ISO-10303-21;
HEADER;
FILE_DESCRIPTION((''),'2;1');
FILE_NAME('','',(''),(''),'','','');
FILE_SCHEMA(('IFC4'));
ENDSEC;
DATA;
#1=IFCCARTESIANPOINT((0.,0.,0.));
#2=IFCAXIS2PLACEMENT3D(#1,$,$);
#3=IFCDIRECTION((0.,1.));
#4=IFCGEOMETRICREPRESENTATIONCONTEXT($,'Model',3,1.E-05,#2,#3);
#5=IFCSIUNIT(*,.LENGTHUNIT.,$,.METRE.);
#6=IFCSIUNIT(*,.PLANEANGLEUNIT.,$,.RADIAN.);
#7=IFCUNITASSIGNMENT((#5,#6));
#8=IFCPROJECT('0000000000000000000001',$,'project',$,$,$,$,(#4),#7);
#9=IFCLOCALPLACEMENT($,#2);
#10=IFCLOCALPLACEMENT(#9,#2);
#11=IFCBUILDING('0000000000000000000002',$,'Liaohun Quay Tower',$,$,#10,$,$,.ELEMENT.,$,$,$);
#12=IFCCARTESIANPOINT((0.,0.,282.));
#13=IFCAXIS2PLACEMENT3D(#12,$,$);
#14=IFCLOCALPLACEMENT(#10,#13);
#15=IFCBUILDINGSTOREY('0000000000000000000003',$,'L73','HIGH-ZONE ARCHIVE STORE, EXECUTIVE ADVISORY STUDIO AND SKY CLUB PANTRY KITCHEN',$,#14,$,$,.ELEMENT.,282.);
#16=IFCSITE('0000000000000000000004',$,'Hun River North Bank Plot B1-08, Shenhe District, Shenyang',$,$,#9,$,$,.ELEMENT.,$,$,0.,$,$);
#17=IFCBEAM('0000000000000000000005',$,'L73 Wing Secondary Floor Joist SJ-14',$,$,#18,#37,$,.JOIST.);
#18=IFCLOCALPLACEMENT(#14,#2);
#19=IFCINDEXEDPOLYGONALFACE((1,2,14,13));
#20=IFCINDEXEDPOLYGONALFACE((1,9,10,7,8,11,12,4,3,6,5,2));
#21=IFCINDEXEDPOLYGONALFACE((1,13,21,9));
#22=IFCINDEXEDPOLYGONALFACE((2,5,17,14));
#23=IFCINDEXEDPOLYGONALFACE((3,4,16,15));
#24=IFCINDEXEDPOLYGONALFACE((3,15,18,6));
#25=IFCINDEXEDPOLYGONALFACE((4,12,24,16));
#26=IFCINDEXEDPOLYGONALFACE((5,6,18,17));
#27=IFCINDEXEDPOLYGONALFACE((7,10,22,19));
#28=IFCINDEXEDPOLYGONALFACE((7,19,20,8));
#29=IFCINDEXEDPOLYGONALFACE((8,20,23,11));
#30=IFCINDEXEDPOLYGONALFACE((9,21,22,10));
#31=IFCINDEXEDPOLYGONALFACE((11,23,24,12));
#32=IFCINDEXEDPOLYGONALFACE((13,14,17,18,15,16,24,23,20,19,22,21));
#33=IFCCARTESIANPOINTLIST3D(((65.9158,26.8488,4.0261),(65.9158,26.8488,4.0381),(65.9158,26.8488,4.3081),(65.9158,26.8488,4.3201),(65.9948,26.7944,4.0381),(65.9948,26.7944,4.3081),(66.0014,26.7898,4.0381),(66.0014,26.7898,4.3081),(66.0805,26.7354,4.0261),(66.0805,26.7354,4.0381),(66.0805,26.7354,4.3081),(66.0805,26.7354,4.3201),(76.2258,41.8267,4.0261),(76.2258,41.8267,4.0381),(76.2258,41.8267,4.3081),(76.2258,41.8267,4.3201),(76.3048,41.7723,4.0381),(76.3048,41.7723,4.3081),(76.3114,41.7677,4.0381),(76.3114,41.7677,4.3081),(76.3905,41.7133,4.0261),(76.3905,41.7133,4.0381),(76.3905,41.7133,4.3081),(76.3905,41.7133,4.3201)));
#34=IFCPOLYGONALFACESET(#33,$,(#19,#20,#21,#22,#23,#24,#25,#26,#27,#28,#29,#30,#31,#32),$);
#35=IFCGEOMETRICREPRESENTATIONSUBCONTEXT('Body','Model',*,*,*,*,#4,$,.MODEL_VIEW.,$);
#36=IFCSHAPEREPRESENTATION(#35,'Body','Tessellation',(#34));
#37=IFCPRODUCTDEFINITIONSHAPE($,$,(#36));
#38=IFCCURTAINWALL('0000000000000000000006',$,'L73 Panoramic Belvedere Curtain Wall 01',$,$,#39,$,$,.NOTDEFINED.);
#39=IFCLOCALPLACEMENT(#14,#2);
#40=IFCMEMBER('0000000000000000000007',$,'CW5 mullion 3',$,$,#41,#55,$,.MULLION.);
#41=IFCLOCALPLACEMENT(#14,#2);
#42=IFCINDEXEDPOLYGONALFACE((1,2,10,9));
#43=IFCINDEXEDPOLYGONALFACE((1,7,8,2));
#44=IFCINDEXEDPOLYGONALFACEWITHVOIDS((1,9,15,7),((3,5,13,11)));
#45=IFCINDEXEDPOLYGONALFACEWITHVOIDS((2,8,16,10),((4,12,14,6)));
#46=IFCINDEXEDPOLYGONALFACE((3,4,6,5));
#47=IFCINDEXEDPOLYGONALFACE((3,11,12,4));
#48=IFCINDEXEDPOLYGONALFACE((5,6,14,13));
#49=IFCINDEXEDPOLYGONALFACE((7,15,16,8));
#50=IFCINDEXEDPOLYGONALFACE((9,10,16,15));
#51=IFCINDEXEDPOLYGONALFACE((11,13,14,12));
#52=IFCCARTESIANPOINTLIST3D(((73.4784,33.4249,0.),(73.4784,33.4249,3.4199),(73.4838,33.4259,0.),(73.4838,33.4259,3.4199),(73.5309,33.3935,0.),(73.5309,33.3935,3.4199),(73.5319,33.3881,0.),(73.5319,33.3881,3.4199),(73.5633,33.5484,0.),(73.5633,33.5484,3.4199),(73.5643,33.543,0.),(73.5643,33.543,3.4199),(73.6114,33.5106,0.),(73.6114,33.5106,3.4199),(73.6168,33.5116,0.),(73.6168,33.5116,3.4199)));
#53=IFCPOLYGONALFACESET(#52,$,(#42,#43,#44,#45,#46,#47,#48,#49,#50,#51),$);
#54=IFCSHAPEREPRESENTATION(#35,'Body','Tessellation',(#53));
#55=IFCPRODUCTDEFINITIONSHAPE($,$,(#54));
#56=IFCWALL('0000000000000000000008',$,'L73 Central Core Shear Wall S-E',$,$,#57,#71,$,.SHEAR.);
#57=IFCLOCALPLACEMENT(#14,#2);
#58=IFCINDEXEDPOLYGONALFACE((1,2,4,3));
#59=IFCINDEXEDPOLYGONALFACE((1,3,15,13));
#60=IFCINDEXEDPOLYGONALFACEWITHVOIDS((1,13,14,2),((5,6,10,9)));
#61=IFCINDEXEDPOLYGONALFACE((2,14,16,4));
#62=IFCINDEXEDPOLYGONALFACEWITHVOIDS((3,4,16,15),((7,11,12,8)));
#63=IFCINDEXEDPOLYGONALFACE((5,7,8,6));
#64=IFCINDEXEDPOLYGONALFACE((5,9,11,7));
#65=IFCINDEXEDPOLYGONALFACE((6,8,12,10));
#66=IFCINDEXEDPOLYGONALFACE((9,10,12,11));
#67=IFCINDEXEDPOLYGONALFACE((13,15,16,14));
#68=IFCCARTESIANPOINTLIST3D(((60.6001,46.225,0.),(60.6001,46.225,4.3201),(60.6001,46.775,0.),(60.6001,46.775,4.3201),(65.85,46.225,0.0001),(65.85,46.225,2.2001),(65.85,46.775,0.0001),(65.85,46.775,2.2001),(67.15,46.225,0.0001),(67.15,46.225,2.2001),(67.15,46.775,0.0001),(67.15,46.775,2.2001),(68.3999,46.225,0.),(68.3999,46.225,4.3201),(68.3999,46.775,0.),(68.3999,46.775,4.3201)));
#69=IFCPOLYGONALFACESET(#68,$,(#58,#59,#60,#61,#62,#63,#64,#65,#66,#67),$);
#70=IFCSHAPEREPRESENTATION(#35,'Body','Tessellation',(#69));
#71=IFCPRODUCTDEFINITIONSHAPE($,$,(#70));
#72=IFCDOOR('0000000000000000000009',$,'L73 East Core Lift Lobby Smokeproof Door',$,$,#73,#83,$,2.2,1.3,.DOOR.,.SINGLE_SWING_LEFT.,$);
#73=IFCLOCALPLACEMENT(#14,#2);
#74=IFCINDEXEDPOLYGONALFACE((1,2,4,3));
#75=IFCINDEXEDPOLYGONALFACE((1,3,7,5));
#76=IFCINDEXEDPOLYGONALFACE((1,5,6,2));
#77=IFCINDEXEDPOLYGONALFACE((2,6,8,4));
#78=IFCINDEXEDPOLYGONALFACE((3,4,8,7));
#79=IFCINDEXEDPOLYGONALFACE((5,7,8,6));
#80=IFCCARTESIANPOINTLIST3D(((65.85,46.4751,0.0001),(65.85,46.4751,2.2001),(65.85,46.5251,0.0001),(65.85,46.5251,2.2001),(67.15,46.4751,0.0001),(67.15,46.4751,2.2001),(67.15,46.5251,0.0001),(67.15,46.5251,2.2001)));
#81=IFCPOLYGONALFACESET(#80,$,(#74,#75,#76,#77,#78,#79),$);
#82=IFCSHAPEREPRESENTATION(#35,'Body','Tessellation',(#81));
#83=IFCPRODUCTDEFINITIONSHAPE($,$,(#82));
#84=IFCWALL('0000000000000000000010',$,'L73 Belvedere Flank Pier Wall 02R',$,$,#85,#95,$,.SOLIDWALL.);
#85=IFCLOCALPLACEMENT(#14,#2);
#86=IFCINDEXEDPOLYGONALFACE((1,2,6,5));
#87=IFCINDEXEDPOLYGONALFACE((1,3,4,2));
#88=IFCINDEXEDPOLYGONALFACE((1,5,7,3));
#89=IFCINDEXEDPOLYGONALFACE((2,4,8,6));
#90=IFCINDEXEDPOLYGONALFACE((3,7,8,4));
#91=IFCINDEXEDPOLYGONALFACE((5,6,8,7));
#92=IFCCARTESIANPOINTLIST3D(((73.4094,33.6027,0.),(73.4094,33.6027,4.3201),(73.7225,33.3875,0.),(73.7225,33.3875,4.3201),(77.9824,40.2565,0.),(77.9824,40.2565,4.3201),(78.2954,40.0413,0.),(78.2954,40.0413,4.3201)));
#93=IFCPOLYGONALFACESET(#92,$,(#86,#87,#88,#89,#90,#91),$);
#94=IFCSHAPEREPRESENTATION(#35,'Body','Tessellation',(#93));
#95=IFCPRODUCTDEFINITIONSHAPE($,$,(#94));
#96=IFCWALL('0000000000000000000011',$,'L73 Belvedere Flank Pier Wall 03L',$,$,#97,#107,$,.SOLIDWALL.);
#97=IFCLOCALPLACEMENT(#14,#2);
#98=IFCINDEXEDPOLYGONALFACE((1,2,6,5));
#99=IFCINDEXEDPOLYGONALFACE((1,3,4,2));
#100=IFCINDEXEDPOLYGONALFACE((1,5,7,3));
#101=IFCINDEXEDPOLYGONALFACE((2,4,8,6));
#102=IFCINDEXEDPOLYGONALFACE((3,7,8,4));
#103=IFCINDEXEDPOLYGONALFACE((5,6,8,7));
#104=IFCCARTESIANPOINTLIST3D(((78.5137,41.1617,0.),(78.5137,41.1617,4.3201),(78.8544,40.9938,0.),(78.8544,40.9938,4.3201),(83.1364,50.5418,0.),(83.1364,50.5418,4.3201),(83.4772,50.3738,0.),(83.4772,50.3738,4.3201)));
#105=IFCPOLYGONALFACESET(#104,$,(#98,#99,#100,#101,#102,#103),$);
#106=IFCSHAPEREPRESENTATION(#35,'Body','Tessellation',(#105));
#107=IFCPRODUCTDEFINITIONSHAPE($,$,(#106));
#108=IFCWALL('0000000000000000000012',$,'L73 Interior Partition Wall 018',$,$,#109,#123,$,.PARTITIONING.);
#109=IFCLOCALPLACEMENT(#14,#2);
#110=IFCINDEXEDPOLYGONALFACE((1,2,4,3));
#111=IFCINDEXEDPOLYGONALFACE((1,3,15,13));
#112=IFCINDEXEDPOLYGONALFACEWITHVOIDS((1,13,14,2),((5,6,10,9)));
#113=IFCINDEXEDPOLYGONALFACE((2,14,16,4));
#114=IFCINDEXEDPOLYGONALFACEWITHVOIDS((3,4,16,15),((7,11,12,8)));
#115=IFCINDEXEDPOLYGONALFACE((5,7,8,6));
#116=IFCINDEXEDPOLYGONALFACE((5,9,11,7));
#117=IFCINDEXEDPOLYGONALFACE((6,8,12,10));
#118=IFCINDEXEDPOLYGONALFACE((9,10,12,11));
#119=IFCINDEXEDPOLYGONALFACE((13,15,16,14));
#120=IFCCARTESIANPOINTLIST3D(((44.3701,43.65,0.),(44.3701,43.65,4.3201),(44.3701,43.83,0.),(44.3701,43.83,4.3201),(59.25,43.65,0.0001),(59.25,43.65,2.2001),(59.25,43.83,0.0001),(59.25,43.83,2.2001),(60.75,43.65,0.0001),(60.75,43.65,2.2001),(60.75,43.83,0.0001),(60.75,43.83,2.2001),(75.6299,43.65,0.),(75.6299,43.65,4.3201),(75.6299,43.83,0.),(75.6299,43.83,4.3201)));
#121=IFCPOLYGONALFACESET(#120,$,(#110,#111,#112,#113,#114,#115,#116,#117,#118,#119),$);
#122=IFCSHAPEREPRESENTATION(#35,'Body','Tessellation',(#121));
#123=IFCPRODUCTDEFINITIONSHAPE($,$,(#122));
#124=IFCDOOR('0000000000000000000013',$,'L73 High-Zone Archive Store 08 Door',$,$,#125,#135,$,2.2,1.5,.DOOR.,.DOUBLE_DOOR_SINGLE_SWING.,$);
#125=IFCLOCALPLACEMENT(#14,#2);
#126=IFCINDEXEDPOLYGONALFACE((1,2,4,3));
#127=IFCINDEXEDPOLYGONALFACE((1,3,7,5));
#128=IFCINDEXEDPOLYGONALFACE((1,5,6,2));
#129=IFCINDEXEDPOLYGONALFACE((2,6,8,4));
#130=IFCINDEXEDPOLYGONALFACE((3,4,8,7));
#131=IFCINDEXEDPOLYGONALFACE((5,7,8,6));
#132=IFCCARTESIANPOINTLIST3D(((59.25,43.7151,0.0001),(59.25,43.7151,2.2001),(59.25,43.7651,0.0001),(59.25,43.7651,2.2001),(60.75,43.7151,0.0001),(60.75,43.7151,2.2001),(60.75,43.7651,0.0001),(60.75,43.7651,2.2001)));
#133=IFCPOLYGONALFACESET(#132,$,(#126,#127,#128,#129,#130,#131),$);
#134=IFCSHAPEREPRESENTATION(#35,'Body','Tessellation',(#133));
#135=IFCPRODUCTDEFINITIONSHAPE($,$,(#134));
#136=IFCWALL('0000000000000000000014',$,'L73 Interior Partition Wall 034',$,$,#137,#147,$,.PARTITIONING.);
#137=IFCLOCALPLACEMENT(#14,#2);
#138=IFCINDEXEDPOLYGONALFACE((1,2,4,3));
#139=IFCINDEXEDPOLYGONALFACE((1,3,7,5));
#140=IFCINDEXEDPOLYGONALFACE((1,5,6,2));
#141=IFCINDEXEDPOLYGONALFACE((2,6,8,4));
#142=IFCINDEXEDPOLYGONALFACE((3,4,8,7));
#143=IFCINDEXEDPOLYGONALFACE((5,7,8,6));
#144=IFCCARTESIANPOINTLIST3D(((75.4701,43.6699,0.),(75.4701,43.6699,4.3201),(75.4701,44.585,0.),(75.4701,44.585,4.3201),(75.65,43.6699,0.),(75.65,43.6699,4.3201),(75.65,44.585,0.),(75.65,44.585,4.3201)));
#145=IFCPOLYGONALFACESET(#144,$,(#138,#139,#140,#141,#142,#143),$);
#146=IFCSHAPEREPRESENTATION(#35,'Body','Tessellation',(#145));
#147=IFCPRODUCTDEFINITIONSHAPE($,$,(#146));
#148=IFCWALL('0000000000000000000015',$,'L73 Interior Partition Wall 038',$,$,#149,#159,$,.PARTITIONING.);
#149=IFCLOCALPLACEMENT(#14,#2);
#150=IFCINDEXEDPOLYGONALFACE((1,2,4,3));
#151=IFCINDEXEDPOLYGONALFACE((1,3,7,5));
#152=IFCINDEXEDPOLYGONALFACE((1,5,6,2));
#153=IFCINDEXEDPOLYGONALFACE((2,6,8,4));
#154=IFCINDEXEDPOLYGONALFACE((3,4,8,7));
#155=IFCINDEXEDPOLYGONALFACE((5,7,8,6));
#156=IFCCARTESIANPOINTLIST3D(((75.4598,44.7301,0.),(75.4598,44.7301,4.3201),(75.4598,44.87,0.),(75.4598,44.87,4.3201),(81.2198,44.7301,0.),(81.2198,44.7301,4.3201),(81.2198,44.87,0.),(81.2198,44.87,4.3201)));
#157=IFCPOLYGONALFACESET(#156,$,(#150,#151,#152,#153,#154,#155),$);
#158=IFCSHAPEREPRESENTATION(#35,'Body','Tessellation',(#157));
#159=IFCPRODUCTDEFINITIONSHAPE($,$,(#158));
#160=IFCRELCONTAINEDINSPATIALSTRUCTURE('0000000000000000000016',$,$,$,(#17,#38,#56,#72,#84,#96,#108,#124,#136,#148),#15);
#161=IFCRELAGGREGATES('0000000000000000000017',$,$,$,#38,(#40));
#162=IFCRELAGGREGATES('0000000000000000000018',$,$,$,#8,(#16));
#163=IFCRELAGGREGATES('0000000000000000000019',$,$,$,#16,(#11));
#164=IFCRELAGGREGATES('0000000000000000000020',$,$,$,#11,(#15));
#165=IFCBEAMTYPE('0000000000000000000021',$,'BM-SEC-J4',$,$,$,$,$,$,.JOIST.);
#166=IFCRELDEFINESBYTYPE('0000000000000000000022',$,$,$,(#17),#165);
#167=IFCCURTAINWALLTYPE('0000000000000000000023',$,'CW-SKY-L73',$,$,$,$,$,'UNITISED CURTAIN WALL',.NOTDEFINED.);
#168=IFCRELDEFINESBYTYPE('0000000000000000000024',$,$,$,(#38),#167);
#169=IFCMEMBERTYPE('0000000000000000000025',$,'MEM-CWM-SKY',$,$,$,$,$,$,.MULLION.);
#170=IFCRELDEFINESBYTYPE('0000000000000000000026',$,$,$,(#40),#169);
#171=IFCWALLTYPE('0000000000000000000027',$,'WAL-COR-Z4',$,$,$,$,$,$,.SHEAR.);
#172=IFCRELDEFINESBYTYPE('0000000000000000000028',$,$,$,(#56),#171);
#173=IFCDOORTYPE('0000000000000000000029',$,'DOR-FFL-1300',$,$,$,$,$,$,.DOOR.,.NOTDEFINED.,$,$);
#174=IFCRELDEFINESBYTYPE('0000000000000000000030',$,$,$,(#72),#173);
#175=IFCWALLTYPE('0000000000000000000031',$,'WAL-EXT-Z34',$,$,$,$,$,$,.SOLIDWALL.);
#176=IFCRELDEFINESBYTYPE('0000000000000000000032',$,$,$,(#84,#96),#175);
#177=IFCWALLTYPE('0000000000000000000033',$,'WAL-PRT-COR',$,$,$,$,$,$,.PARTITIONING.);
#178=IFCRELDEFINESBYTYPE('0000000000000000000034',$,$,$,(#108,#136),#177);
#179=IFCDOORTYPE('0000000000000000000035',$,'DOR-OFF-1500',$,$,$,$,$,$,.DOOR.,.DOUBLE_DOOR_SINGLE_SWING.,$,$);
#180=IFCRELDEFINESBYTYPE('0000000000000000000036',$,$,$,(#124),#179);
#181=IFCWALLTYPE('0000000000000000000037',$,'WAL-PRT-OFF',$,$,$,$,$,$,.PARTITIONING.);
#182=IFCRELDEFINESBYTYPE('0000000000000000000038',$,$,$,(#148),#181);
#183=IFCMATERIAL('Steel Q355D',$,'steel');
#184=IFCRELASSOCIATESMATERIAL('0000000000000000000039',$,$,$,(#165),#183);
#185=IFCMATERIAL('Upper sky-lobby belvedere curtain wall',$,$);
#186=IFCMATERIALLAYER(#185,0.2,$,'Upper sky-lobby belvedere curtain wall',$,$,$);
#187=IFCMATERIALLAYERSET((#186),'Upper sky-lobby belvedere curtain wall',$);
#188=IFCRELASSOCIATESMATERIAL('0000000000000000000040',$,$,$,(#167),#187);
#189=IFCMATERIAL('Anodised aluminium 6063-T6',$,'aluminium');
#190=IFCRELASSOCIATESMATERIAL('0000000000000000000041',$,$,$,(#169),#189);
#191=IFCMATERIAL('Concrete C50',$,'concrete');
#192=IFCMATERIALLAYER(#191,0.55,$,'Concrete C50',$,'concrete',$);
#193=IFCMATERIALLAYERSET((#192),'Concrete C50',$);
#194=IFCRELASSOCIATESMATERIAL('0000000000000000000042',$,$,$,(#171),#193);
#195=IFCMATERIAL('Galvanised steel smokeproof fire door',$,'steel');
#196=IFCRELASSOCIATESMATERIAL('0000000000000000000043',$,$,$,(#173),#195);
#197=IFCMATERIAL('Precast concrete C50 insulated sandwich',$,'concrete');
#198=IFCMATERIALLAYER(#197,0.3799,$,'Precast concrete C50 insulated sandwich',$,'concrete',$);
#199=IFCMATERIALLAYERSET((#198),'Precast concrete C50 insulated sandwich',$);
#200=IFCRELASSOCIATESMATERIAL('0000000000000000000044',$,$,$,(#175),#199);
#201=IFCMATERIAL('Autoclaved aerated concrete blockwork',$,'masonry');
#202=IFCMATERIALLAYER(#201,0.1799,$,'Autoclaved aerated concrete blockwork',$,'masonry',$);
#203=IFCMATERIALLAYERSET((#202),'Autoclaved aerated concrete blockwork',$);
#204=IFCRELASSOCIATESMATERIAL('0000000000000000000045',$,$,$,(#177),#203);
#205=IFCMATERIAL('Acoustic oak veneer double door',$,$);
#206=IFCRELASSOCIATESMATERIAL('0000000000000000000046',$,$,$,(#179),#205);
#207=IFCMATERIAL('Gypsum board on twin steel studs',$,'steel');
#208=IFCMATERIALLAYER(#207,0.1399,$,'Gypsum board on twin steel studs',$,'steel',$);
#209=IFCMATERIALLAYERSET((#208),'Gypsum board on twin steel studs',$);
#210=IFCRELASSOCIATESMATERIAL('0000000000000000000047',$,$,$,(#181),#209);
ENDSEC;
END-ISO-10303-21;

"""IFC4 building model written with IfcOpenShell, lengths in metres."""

from ifc_helpers import new_model, si_unit, direction, frame, frame_2d, origin, origin_2d, place, context, subcontext, project, spatial, rectangle, hollow_rectangle, i_section, extrude, source, transform, mapped, material, layer, layer_set, material_profile, profile_set, type_object, element, fill, aggregate, save


model = new_model("IFC4")

# Units and contexts
model_context = context("Model", 3, precision=1e-05, world=origin(), true_north=direction((0.0, 1.0)))
body_context = subcontext(model_context, "Body", "Model", "MODEL_VIEW")
ifc_project = project(units=[si_unit("LENGTHUNIT", "METRE"), si_unit("PLANEANGLEUNIT", "RADIAN")], contexts=[model_context])

# Site, building, storey
site_placement = place(None, origin())
site = spatial("IfcSite", under=ifc_project, at=site_placement, Name="Hun River North Bank Plot B1-08, Shenhe District, Shenyang", CompositionType="ELEMENT", RefElevation=0.0)
building_placement = place(site_placement, origin())
building = spatial("IfcBuilding", under=site, at=building_placement, Name="Liaohun Quay Tower", CompositionType="ELEMENT")
storey_placement = place(building_placement, frame((0.0, 0.0, 282.0)))
storey = spatial("IfcBuildingStorey", under=building, at=storey_placement, Name="L73", Description="HIGH-ZONE ARCHIVE STORE, EXECUTIVE ADVISORY STUDIO AND SKY CLUB PANTRY KITCHEN", CompositionType="ELEMENT", Elevation=282.0)

# Shared definitions
ifc_material_1 = material(Name="Concrete C50", Category="concrete")

# Beam
ifc_material_2 = material(Name="Steel Q355D", Category="steel")
ifc_material_profile_1 = material_profile(ifc_material_2, i_section(OverallWidth=0.2, OverallDepth=0.2939, WebThickness=0.0081, FlangeThickness=0.012, at=origin_2d()), Name="HM294x200x8x12")
ifc_profile_set_1 = profile_set([ifc_material_profile_1], Name="Steel Q355D")
beam_type_1 = type_object("IfcBeamType", Name="BM-SEC-J4", PredefinedType="JOIST", material=ifc_profile_set_1)
shared_shape_1 = source(origin(), body_context, "Body", "SweptSolid", [
    extrude(i_section(OverallWidth=0.2, OverallDepth=0.2939, WebThickness=0.0081, FlangeThickness=0.012, at=origin_2d()), origin(), (0.0, 0.0, 1.0), 18.1833),
])
beam_1_placement = place(storey_placement, frame((76.3081, 41.77, 4.1731), z_axis=(-0.567002, -0.823717, 0.0), x_axis=(0.823717, -0.567002, 0.0)))
element("IfcBeam", 1, at=beam_1_placement, inside=storey, type_object=beam_type_1, Name="L73 Wing Secondary Floor Joist SJ-14", PredefinedType="JOIST", context=body_context, shape_type="MappedRepresentation", body=[
    mapped(shared_shape_1, transform((0.0, 0.0, 0.0), x_axis=(1.0, 0.0, 0.0), y_axis=(0.0, 1.0, 0.0), z_axis=(0.0, 0.0, 1.0), scale=1.0)),
])

# Curtain wall, member
ifc_material_3 = material(Name="Upper sky-lobby belvedere curtain wall")
ifc_layer_1 = layer(ifc_material_3, 0.2, Name="Upper sky-lobby belvedere curtain wall")
ifc_layer_set_1 = layer_set([ifc_layer_1], Name="Upper sky-lobby belvedere curtain wall")
curtain_wall_type = type_object("IfcCurtainWallType", Name="CW-SKY-L73", ElementType="UNITISED CURTAIN WALL", PredefinedType="NOTDEFINED", material=ifc_layer_set_1)
curtain_wall_placement = place(storey_placement, origin())
curtain_wall = element("IfcCurtainWall", 2, at=curtain_wall_placement, inside=storey, type_object=curtain_wall_type, Name="L73 Panoramic Belvedere Curtain Wall 01", PredefinedType="NOTDEFINED")
ifc_material_4 = material(Name="Anodised aluminium 6063-T6", Category="aluminium")
ifc_material_profile_2 = material_profile(ifc_material_4, hollow_rectangle(XDim=0.0649, YDim=0.1499, WallThickness=0.0039, at=origin_2d()), Name="RHS150x65x4")
ifc_profile_set_2 = profile_set([ifc_material_profile_2], Name="Anodised aluminium 6063-T6")
member_type = type_object("IfcMemberType", Name="MEM-CWM-SKY", PredefinedType="MULLION", material=ifc_profile_set_2)
shared_shape_2 = source(origin(), body_context, "Body", "SweptSolid", [
    extrude(hollow_rectangle(XDim=0.0649, YDim=0.1499, WallThickness=0.0039, at=origin_2d()), origin(), (0.0, 0.0, 1.0), 3.4199),
])
member_placement = place(storey_placement, frame((73.5476, 33.4683, 0.0), z_axis=(0.0, 0.0, 1.0), x_axis=(-0.824106, 0.566436, 0.0)))
member = element("IfcMember", 3, at=member_placement, type_object=member_type, Name="CW5 mullion 3", PredefinedType="MULLION", context=body_context, shape_type="MappedRepresentation", body=[
    mapped(shared_shape_2, transform((0.0, 0.0, 0.0), x_axis=(1.0, 0.0, 0.0), y_axis=(0.0, 1.0, 0.0), z_axis=(0.0, 0.0, 1.0), scale=1.0)),
])
aggregate(curtain_wall, [member])

# Wall, opening, door
ifc_layer_2 = layer(ifc_material_1, 0.55, Name="Concrete C50", Category="concrete")
ifc_layer_set_2 = layer_set([ifc_layer_2], Name="Concrete C50")
wall_type_1 = type_object("IfcWallType", Name="WAL-COR-Z4", PredefinedType="SHEAR", material=ifc_layer_set_2)
wall_1_placement = place(storey_placement, frame((68.3999, 46.5, 0.0), z_axis=(0.0, 0.0, 1.0), x_axis=(-1.0, 0.0, 0.0)))
wall_1 = element("IfcWall", 4, at=wall_1_placement, inside=storey, type_object=wall_type_1, Name="L73 Central Core Shear Wall S-E", PredefinedType="SHEAR", context=body_context, shape_type="SweptSolid", body=[
    extrude(rectangle(XDim=7.7998, YDim=0.55, at=frame_2d((3.8999, 0.0))), origin(), (0.0, 0.0, 1.0), 4.3201),
])
shared_shape_3 = source(origin(), body_context, "Body", "SweptSolid", [
    extrude(rectangle(XDim=1.3, YDim=2.2, at=frame_2d((0.6499, 1.1001))), frame((0.0, 0.2849, 0.0), z_axis=(0.0, -1.0, 0.0), x_axis=(1.0, 0.0, 0.0)), (0.0, 0.0, 1.0), 0.5701),
])
opening_1_placement = place(wall_1_placement, frame((1.25, 0.0, 0.0)))
opening_1 = element("IfcOpeningElement", 5, at=opening_1_placement, cuts=wall_1, PredefinedType="OPENING", context=body_context, shape_type="MappedRepresentation", body=[
    mapped(shared_shape_3, transform((0.0, 0.0, 0.0), x_axis=(1.0, 0.0, 0.0), y_axis=(0.0, 1.0, 0.0), z_axis=(0.0, 0.0, 1.0), scale=1.0)),
])
ifc_material_5 = material(Name="Galvanised steel smokeproof fire door", Category="steel")
door_type_1 = type_object("IfcDoorType", Name="DOR-FFL-1300", OperationType="NOTDEFINED", PredefinedType="DOOR", material=ifc_material_5)
shared_shape_4 = source(origin(), body_context, "Body", "SweptSolid", [
    extrude(rectangle(XDim=1.3, YDim=2.2, at=frame_2d((0.6499, 1.1001))), frame((0.0, 0.0249, 0.0), z_axis=(0.0, -1.0, 0.0), x_axis=(1.0, 0.0, 0.0)), (0.0, 0.0, 1.0), 0.05),
])
door_1_placement = place(opening_1_placement, origin())
door_1 = element("IfcDoor", 6, at=door_1_placement, inside=storey, type_object=door_type_1, Name="L73 East Core Lift Lobby Smokeproof Door", OperationType="SINGLE_SWING_LEFT", OverallHeight=2.2, OverallWidth=1.3, PredefinedType="DOOR", context=body_context, shape_type="MappedRepresentation", body=[
    mapped(shared_shape_4, transform((0.0, 0.0, 0.0), x_axis=(1.0, 0.0, 0.0), y_axis=(0.0, 1.0, 0.0), z_axis=(0.0, 0.0, 1.0), scale=1.0)),
])
fill(opening_1, door_1)

# Walls
ifc_material_6 = material(Name="Precast concrete C50 insulated sandwich", Category="concrete")
ifc_layer_3 = layer(ifc_material_6, 0.3799, Name="Precast concrete C50 insulated sandwich", Category="concrete")
ifc_layer_set_3 = layer_set([ifc_layer_3], Name="Precast concrete C50 insulated sandwich")
wall_type_2 = type_object("IfcWallType", Name="WAL-EXT-Z34", PredefinedType="SOLIDWALL", material=ifc_layer_set_3)
wall_2_placement = place(storey_placement, frame((73.5659, 33.4951, 0.0), z_axis=(0.0, 0.0, 1.0), x_axis=(0.566403, 0.824128, 0.0)))
element("IfcWall", 7, at=wall_2_placement, inside=storey, type_object=wall_type_2, Name="L73 Belvedere Flank Pier Wall 02R", PredefinedType="SOLIDWALL", context=body_context, shape_type="SweptSolid", body=[
    extrude(rectangle(XDim=8.0737, YDim=0.3799, at=frame_2d((4.0369, 0.0))), origin(), (0.0, 0.0, 1.0), 4.3201),
])
wall_3_placement = place(storey_placement, frame((78.6841, 41.0779, 0.0), z_axis=(0.0, 0.0, 1.0), x_axis=(0.442061, 0.896985, 0.0)))
element("IfcWall", 8, at=wall_3_placement, inside=storey, type_object=wall_type_2, Name="L73 Belvedere Flank Pier Wall 03L", PredefinedType="SOLIDWALL", context=body_context, shape_type="SweptSolid", body=[
    extrude(rectangle(XDim=10.4573, YDim=0.3799, at=frame_2d((5.2285, 0.0))), origin(), (0.0, 0.0, 1.0), 4.3201),
])

# Wall, opening, door
ifc_material_7 = material(Name="Autoclaved aerated concrete blockwork", Category="masonry")
ifc_layer_4 = layer(ifc_material_7, 0.1799, Name="Autoclaved aerated concrete blockwork", Category="masonry")
ifc_layer_set_4 = layer_set([ifc_layer_4], Name="Autoclaved aerated concrete blockwork")
wall_type_3 = type_object("IfcWallType", Name="WAL-PRT-COR", PredefinedType="PARTITIONING", material=ifc_layer_set_4)
wall_4_placement = place(storey_placement, frame((75.6299, 43.74, 0.0), z_axis=(0.0, 0.0, 1.0), x_axis=(-1.0, 0.0, 0.0)))
wall_4 = element("IfcWall", 9, at=wall_4_placement, inside=storey, type_object=wall_type_3, Name="L73 Interior Partition Wall 018", PredefinedType="PARTITIONING", context=body_context, shape_type="SweptSolid", body=[
    extrude(rectangle(XDim=31.2598, YDim=0.1799, at=frame_2d((15.6299, 0.0))), origin(), (0.0, 0.0, 1.0), 4.3201),
])
shared_shape_5 = source(origin(), body_context, "Body", "SweptSolid", [
    extrude(rectangle(XDim=1.5, YDim=2.2, at=frame_2d((0.75, 1.1001))), frame((0.0, 0.0999, 0.0), z_axis=(0.0, -1.0, 0.0), x_axis=(1.0, 0.0, 0.0)), (0.0, 0.0, 1.0), 0.2),
])
opening_2_placement = place(wall_4_placement, frame((14.8799, 0.0, 0.0)))
opening_2 = element("IfcOpeningElement", 10, at=opening_2_placement, cuts=wall_4, PredefinedType="OPENING", context=body_context, shape_type="MappedRepresentation", body=[
    mapped(shared_shape_5, transform((0.0, 0.0, 0.0), x_axis=(1.0, 0.0, 0.0), y_axis=(0.0, 1.0, 0.0), z_axis=(0.0, 0.0, 1.0), scale=1.0)),
])
ifc_material_8 = material(Name="Acoustic oak veneer double door")
door_type_2 = type_object("IfcDoorType", Name="DOR-OFF-1500", OperationType="DOUBLE_DOOR_SINGLE_SWING", PredefinedType="DOOR", material=ifc_material_8)
shared_shape_6 = source(origin(), body_context, "Body", "SweptSolid", [
    extrude(rectangle(XDim=1.5, YDim=2.2, at=frame_2d((0.75, 1.1001))), frame((0.0, 0.0249, 0.0), z_axis=(0.0, -1.0, 0.0), x_axis=(1.0, 0.0, 0.0)), (0.0, 0.0, 1.0), 0.05),
])
door_2_placement = place(opening_2_placement, origin())
door_2 = element("IfcDoor", 11, at=door_2_placement, inside=storey, type_object=door_type_2, Name="L73 High-Zone Archive Store 08 Door", OperationType="DOUBLE_DOOR_SINGLE_SWING", OverallHeight=2.2, OverallWidth=1.5, PredefinedType="DOOR", context=body_context, shape_type="MappedRepresentation", body=[
    mapped(shared_shape_6, transform((0.0, 0.0, 0.0), x_axis=(1.0, 0.0, 0.0), y_axis=(0.0, 1.0, 0.0), z_axis=(0.0, 0.0, 1.0), scale=1.0)),
])
fill(opening_2, door_2)

# Walls
wall_5_placement = place(storey_placement, frame((75.5601, 44.585, 0.0), z_axis=(0.0, 0.0, 1.0), x_axis=(0.0, -1.0, 0.0)))
element("IfcWall", 12, at=wall_5_placement, inside=storey, type_object=wall_type_3, Name="L73 Interior Partition Wall 034", PredefinedType="PARTITIONING", context=body_context, shape_type="SweptSolid", body=[
    extrude(rectangle(XDim=0.915, YDim=0.1799, at=frame_2d((0.4575, 0.0))), origin(), (0.0, 0.0, 1.0), 4.3201),
])
ifc_material_9 = material(Name="Gypsum board on twin steel studs", Category="steel")
ifc_layer_5 = layer(ifc_material_9, 0.1399, Name="Gypsum board on twin steel studs", Category="steel")
ifc_layer_set_5 = layer_set([ifc_layer_5], Name="Gypsum board on twin steel studs")
wall_type_4 = type_object("IfcWallType", Name="WAL-PRT-OFF", PredefinedType="PARTITIONING", material=ifc_layer_set_5)
wall_6_placement = place(storey_placement, frame((75.46, 44.8, 0.0), z_axis=(0.0, 0.0, 1.0), x_axis=(1.0, 0.0, 0.0)))
element("IfcWall", 13, at=wall_6_placement, inside=storey, type_object=wall_type_4, Name="L73 Interior Partition Wall 038", PredefinedType="PARTITIONING", context=body_context, shape_type="SweptSolid", body=[
    extrude(rectangle(XDim=5.76, YDim=0.1399, at=frame_2d((2.8799, 0.0))), origin(), (0.0, 0.0, 1.0), 4.3201),
])

save(model, "model.ifc")
